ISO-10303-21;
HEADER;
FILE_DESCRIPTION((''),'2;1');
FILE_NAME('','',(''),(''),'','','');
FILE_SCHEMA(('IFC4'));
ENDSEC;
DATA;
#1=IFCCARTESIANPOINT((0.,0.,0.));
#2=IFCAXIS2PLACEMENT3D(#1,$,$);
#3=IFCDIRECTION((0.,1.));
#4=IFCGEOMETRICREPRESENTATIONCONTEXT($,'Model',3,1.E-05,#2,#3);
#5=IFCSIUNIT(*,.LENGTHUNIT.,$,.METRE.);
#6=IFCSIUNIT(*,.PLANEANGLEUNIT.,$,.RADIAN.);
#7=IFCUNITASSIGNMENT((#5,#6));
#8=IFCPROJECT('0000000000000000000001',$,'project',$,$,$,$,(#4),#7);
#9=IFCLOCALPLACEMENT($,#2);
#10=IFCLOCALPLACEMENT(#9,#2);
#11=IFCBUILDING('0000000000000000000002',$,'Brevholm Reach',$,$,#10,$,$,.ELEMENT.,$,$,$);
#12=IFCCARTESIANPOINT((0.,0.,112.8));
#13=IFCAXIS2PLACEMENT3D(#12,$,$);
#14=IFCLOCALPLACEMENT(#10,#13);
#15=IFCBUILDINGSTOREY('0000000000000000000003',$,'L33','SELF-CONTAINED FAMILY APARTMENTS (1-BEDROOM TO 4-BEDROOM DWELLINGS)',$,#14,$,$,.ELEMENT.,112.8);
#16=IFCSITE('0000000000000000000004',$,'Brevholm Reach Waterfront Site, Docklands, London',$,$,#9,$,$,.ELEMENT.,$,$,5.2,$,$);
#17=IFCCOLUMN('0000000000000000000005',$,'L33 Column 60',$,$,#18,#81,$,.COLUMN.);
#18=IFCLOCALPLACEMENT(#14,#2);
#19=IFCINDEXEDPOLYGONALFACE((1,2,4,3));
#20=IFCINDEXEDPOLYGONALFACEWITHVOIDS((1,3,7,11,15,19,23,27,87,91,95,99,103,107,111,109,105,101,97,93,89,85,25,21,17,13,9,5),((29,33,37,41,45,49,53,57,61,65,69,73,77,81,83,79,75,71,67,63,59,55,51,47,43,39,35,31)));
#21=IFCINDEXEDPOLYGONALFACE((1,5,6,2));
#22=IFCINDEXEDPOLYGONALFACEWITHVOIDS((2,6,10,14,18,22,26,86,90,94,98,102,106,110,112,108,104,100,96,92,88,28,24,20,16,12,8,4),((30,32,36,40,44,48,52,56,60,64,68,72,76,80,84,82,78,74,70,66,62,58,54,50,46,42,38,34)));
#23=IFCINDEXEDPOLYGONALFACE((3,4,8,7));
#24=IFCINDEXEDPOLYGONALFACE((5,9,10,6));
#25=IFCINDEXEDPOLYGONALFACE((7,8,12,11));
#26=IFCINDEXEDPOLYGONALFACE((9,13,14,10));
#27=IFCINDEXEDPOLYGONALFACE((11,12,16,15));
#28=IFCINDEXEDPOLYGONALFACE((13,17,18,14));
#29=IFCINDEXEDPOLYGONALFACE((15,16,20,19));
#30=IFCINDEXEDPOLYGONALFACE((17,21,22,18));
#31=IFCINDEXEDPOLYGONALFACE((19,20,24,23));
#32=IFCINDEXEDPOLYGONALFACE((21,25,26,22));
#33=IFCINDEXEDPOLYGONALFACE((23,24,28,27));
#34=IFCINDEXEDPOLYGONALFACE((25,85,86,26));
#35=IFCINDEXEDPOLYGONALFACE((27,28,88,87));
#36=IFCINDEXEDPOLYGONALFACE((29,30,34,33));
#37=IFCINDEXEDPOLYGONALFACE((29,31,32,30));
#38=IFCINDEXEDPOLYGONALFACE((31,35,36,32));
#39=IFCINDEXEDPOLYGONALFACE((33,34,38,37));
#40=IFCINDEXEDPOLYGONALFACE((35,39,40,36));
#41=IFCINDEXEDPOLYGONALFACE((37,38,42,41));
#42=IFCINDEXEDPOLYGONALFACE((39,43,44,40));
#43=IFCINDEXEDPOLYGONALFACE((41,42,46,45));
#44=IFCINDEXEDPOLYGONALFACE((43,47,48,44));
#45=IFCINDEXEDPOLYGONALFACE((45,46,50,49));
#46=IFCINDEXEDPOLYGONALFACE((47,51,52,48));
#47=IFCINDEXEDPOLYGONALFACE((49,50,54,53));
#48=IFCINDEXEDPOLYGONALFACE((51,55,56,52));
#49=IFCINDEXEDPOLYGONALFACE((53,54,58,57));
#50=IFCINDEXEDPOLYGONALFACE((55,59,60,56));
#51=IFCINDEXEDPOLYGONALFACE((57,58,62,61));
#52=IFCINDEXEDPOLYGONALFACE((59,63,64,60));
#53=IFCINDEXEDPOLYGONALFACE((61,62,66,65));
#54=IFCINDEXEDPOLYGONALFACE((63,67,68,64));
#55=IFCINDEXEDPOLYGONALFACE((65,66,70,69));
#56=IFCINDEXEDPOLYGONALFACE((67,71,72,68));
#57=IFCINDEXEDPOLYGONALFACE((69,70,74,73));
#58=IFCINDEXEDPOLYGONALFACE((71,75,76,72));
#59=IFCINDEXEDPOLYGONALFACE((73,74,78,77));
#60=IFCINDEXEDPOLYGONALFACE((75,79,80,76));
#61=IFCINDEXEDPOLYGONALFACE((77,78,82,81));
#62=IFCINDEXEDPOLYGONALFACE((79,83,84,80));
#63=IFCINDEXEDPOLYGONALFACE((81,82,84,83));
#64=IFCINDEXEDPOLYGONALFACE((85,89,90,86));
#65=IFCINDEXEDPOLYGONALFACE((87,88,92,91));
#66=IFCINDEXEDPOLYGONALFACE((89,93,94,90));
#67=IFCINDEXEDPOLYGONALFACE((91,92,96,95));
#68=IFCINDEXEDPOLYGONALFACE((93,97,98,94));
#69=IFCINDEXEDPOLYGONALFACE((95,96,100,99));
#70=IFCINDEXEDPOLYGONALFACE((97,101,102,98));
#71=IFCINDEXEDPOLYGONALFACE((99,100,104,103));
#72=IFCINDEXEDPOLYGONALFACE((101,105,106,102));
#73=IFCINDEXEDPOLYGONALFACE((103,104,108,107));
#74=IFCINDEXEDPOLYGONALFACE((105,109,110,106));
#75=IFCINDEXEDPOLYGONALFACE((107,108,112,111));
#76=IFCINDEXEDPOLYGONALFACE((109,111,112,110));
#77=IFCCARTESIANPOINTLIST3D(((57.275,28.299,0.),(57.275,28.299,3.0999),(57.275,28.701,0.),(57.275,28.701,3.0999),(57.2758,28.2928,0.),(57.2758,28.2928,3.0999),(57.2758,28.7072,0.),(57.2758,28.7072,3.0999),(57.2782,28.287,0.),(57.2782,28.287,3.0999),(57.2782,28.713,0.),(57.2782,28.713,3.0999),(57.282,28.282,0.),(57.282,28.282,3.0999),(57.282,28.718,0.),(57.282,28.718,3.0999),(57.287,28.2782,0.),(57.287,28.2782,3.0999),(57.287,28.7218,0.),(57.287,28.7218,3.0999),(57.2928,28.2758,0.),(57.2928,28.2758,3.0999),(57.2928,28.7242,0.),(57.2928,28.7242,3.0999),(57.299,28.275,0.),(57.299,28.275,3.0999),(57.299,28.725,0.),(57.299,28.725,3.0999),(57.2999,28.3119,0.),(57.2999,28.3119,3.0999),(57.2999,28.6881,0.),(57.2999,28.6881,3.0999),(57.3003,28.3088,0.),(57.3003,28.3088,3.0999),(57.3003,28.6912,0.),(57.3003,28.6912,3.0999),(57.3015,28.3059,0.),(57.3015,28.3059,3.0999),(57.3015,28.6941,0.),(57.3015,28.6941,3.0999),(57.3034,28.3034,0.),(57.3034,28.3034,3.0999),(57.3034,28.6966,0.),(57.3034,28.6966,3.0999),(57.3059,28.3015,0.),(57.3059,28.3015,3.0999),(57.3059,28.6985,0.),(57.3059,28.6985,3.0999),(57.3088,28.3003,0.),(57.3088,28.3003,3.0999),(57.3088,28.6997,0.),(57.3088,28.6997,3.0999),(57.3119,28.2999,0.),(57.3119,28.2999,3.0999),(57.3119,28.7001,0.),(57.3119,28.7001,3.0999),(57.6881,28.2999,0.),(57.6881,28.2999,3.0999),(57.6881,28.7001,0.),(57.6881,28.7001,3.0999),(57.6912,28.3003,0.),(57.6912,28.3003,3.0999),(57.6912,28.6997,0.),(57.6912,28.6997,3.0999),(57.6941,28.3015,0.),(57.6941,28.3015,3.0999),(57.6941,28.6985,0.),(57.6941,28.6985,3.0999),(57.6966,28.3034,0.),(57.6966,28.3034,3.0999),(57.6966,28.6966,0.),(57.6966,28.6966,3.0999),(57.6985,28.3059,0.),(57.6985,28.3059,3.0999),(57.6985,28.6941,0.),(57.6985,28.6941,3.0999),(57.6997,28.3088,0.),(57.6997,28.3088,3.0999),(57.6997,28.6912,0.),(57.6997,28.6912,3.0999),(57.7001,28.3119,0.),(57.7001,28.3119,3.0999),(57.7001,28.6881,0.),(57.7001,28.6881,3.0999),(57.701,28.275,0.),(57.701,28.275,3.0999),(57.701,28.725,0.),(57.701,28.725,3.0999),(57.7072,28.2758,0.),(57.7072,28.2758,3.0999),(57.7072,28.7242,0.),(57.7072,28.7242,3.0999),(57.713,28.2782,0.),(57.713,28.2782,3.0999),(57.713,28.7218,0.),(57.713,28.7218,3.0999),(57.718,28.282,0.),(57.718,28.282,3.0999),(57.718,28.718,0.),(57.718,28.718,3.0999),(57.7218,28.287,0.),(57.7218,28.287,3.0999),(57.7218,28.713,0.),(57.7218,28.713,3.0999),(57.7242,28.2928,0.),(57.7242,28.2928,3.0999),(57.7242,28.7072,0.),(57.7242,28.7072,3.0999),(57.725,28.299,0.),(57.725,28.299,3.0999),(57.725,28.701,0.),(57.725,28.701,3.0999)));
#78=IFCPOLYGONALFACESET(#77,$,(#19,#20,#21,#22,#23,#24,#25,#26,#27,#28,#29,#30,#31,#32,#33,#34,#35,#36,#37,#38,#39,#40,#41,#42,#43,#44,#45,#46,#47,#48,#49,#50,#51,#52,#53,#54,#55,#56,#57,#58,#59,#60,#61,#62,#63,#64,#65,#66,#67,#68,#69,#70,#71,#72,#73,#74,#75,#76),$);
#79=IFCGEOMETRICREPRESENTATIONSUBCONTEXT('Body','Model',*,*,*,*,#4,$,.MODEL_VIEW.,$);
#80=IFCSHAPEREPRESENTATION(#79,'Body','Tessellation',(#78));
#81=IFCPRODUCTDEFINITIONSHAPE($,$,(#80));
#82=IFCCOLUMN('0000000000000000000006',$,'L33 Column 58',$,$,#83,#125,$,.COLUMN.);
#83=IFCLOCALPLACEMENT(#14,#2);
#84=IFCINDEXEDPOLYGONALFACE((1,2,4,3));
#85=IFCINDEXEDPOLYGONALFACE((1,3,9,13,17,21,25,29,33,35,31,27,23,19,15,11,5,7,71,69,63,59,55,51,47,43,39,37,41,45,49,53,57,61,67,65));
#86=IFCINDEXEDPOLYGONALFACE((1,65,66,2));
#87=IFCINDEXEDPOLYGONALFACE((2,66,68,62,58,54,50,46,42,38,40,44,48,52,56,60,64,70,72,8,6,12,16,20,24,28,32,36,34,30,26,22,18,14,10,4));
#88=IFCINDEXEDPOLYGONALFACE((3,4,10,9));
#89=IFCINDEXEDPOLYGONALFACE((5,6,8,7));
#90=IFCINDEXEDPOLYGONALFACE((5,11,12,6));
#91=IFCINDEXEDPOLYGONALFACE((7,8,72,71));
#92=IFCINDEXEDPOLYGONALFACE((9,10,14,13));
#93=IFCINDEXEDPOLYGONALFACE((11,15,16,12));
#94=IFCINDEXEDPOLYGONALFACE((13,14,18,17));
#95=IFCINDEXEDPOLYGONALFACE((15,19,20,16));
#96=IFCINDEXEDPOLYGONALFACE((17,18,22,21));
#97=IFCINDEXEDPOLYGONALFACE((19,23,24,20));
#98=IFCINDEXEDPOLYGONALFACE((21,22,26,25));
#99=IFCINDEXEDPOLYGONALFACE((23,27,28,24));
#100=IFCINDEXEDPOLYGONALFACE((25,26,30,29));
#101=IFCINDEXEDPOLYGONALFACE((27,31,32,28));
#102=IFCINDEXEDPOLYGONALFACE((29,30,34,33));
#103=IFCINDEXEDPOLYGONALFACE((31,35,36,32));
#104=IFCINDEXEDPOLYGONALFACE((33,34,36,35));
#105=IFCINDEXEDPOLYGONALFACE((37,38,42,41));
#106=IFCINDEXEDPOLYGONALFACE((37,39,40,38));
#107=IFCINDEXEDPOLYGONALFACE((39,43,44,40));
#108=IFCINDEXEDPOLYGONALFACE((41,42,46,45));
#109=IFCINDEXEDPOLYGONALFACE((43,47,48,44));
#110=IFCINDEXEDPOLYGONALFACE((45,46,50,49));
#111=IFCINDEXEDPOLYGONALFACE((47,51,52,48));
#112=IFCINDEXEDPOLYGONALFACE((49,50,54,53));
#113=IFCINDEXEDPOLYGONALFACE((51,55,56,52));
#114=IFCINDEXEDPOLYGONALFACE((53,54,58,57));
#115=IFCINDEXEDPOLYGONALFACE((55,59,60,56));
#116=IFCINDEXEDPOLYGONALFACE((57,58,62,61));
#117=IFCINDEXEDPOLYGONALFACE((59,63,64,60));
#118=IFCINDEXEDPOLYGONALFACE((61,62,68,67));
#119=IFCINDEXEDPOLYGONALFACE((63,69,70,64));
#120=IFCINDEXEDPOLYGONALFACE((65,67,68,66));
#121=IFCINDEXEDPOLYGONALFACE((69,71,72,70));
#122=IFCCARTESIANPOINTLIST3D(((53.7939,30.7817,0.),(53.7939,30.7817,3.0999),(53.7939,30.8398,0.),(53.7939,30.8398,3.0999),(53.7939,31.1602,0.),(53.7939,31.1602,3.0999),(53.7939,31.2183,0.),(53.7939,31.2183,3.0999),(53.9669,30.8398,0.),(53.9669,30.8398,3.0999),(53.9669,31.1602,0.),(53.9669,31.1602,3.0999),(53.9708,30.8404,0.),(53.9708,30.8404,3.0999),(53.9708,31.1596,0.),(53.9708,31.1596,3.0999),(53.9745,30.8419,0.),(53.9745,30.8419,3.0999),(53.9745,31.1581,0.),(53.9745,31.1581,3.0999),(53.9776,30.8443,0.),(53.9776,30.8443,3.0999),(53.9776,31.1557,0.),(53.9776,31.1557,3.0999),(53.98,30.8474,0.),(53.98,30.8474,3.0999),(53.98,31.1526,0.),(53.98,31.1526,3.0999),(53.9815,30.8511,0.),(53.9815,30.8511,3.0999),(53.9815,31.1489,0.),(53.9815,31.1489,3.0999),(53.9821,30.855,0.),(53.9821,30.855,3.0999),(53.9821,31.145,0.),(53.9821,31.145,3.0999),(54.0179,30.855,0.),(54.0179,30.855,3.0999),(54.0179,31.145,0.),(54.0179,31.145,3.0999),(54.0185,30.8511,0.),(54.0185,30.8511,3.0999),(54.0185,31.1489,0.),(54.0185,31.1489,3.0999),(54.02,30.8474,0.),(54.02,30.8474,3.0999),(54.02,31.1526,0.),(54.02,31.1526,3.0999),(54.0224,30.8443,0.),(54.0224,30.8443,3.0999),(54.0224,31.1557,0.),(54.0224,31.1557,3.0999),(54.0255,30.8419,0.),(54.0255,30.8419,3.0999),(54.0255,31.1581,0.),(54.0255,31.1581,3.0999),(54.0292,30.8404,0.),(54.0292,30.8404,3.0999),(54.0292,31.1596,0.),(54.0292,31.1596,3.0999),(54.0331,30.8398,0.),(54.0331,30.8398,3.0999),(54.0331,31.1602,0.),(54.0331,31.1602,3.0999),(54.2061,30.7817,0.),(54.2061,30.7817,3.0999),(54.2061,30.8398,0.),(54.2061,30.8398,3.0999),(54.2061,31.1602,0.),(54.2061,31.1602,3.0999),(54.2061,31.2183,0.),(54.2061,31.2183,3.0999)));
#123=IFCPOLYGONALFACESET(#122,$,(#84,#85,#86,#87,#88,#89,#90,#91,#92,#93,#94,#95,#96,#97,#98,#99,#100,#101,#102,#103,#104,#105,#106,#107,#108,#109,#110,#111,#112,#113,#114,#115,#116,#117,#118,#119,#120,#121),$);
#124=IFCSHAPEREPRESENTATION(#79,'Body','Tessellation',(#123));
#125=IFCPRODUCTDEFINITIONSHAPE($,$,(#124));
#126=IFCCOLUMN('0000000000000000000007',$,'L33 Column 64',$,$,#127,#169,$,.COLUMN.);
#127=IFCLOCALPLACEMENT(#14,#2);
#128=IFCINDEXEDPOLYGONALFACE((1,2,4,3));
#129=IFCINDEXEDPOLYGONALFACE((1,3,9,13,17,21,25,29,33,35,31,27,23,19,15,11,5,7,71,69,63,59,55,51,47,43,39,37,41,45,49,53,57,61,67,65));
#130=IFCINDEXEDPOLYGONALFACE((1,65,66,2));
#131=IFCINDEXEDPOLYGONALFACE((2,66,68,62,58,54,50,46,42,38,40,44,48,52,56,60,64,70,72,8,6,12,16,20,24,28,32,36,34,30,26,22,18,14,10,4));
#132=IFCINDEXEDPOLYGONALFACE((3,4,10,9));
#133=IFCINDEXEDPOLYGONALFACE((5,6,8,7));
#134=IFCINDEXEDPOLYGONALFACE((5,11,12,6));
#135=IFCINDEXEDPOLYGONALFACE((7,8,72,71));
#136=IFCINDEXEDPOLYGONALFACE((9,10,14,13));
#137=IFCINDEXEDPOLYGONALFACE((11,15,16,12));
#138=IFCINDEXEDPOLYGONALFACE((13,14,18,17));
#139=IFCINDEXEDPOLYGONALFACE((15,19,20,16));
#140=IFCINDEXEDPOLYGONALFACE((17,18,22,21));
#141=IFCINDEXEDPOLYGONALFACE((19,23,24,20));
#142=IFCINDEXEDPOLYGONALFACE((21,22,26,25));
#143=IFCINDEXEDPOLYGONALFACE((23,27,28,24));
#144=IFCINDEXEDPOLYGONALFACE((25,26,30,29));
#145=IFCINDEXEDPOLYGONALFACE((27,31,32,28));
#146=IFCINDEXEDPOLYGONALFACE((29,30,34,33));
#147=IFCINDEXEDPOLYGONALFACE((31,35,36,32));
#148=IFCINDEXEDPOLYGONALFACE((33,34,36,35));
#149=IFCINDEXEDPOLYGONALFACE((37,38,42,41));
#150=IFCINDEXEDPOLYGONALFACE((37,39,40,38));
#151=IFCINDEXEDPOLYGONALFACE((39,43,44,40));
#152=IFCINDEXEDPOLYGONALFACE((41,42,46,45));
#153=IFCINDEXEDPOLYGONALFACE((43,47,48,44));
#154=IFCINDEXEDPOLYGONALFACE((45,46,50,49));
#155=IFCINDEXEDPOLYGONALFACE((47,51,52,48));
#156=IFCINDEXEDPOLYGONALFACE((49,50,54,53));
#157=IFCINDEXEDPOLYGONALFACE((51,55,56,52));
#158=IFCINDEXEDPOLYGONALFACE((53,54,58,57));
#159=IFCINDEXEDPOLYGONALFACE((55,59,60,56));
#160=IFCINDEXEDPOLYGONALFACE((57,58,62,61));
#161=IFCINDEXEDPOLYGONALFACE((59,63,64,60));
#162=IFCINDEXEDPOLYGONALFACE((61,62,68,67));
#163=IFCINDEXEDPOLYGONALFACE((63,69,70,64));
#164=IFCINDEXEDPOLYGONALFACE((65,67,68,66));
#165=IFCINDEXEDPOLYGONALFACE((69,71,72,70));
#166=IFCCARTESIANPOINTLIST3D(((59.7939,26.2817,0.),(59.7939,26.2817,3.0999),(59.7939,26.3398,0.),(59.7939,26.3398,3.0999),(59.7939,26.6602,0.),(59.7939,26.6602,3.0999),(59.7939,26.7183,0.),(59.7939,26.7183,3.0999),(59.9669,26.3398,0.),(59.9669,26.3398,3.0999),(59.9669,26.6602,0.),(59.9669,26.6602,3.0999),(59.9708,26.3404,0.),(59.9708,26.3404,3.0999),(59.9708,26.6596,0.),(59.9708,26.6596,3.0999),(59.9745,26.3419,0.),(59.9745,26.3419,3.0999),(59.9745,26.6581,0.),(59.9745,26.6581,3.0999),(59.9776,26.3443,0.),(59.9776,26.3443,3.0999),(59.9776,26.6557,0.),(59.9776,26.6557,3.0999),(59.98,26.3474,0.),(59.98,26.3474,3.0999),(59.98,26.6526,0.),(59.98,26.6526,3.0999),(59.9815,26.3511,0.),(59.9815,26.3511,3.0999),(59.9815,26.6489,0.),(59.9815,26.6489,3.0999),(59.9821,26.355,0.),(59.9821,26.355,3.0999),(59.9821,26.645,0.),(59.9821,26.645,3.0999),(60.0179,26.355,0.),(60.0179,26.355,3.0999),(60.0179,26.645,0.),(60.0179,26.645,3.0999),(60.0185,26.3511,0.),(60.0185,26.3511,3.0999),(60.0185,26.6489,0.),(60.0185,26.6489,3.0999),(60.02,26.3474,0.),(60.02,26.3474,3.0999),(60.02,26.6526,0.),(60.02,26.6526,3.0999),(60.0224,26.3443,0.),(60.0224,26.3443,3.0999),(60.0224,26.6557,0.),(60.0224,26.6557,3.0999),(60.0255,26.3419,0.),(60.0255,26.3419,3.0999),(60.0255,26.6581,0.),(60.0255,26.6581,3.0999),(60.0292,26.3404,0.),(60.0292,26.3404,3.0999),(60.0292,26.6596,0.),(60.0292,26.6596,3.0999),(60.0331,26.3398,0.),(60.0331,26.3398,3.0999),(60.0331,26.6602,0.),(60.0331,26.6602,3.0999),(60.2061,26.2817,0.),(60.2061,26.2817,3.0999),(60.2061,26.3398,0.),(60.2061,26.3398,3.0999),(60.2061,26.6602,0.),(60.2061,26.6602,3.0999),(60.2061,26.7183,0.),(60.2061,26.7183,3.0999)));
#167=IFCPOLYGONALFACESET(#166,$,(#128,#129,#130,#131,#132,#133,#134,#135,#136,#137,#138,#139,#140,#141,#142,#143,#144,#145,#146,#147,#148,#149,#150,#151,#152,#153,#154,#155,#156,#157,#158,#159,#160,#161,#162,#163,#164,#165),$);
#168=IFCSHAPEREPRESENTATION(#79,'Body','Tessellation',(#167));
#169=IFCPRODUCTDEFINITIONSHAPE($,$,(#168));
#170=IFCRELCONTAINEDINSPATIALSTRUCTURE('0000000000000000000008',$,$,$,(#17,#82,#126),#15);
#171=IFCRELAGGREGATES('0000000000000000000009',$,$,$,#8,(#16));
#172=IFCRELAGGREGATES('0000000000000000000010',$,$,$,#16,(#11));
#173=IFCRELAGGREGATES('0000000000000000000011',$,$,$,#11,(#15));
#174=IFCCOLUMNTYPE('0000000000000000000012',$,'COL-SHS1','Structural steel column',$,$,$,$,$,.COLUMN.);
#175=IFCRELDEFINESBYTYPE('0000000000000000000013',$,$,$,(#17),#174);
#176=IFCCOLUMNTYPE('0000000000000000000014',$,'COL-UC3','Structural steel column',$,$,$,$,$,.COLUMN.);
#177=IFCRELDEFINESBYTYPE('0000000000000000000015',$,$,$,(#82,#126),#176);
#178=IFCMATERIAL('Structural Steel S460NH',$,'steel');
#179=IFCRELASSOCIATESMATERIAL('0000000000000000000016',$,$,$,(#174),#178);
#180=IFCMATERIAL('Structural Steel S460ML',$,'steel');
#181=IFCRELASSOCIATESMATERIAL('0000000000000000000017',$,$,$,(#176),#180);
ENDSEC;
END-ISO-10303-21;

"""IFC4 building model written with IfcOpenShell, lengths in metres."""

from ifc_helpers import new_model, si_unit, direction, frame, origin, origin_2d, place, context, subcontext, project, spatial, hollow_rectangle, i_section, extrude, material, material_profile, profile_set, type_object, element, save


model = new_model("IFC4")

# Units and contexts
model_context = context("Model", 3, precision=1e-05, world=origin(), true_north=direction((0.0, 1.0)))
body_context = subcontext(model_context, "Body", "Model", "MODEL_VIEW")
ifc_project = project(units=[si_unit("LENGTHUNIT", "METRE"), si_unit("PLANEANGLEUNIT", "RADIAN")], contexts=[model_context])

# Site, building, storey
site_placement = place(None, origin())
site = spatial("IfcSite", under=ifc_project, at=site_placement, Name="Brevholm Reach Waterfront Site, Docklands, London", CompositionType="ELEMENT", RefElevation=5.2)
building_placement = place(site_placement, origin())
building = spatial("IfcBuilding", under=site, at=building_placement, Name="Brevholm Reach", CompositionType="ELEMENT")
storey_placement = place(building_placement, frame((0.0, 0.0, 112.8)))
storey = spatial("IfcBuildingStorey", under=building, at=storey_placement, Name="L33", Description="SELF-CONTAINED FAMILY APARTMENTS (1-BEDROOM TO 4-BEDROOM DWELLINGS)", CompositionType="ELEMENT", Elevation=112.8)

# Columns
ifc_material_1 = material(Name="Structural Steel S460NH", Category="steel")
ifc_material_profile_1 = material_profile(ifc_material_1, hollow_rectangle(XDim=0.45, YDim=0.45, WallThickness=0.0249, InnerFilletRadius=0.012, OuterFilletRadius=0.0239, at=origin_2d()), Name="SHS 450x450x25")
ifc_profile_set_1 = profile_set([ifc_material_profile_1], Name="Structural Steel S460NH")
column_type_1 = type_object("IfcColumnType", Name="COL-SHS1", Description="Structural steel column", PredefinedType="COLUMN", material=ifc_profile_set_1)
column_1_placement = place(storey_placement, frame((57.5, 28.5, 0.0), z_axis=(0.0, 0.0, 1.0), x_axis=(1.0, 0.0, 0.0)))
element("IfcColumn", 1, at=column_1_placement, inside=storey, type_object=column_type_1, Name="L33 Column 60", PredefinedType="COLUMN", context=body_context, shape_type="SweptSolid", body=[
    extrude(hollow_rectangle(XDim=0.45, YDim=0.45, WallThickness=0.0249, InnerFilletRadius=0.012, OuterFilletRadius=0.0239, at=origin_2d()), origin(), (0.0, 0.0, 1.0), 3.0999),
])
ifc_material_2 = material(Name="Structural Steel S460ML", Category="steel")
ifc_material_profile_2 = material_profile(ifc_material_2, i_section(OverallWidth=0.4121, OverallDepth=0.4365, WebThickness=0.0359, FlangeThickness=0.0581, FilletRadius=0.0151, at=origin_2d()), Name="UKC 356x406x467")
ifc_profile_set_2 = profile_set([ifc_material_profile_2], Name="Structural Steel S460ML")
column_type_2 = type_object("IfcColumnType", Name="COL-UC3", Description="Structural steel column", PredefinedType="COLUMN", material=ifc_profile_set_2)
for number, where, z_axis, x_axis, name in (
    (2, (54.0, 31.0, 0.0), (0.0, 0.0, 1.0), (1.0, 0.0, 0.0), "L33 Column 58"),
    (3, (60.0, 26.5, 0.0), (0.0, 0.0, 1.0), (1.0, 0.0, 0.0), "L33 Column 64"),
):
    element("IfcColumn", number, at=place(storey_placement, frame(where, z_axis=z_axis, x_axis=x_axis)), inside=storey, type_object=column_type_2, Name=name, PredefinedType="COLUMN", context=body_context, shape_type="SweptSolid", body=[
        extrude(i_section(OverallWidth=0.4121, OverallDepth=0.4365, WebThickness=0.0359, FlangeThickness=0.0581, FilletRadius=0.0151, at=origin_2d()), origin(), (0.0, 0.0, 1.0), 3.0999),
    ])

save(model, "model.ifc")
